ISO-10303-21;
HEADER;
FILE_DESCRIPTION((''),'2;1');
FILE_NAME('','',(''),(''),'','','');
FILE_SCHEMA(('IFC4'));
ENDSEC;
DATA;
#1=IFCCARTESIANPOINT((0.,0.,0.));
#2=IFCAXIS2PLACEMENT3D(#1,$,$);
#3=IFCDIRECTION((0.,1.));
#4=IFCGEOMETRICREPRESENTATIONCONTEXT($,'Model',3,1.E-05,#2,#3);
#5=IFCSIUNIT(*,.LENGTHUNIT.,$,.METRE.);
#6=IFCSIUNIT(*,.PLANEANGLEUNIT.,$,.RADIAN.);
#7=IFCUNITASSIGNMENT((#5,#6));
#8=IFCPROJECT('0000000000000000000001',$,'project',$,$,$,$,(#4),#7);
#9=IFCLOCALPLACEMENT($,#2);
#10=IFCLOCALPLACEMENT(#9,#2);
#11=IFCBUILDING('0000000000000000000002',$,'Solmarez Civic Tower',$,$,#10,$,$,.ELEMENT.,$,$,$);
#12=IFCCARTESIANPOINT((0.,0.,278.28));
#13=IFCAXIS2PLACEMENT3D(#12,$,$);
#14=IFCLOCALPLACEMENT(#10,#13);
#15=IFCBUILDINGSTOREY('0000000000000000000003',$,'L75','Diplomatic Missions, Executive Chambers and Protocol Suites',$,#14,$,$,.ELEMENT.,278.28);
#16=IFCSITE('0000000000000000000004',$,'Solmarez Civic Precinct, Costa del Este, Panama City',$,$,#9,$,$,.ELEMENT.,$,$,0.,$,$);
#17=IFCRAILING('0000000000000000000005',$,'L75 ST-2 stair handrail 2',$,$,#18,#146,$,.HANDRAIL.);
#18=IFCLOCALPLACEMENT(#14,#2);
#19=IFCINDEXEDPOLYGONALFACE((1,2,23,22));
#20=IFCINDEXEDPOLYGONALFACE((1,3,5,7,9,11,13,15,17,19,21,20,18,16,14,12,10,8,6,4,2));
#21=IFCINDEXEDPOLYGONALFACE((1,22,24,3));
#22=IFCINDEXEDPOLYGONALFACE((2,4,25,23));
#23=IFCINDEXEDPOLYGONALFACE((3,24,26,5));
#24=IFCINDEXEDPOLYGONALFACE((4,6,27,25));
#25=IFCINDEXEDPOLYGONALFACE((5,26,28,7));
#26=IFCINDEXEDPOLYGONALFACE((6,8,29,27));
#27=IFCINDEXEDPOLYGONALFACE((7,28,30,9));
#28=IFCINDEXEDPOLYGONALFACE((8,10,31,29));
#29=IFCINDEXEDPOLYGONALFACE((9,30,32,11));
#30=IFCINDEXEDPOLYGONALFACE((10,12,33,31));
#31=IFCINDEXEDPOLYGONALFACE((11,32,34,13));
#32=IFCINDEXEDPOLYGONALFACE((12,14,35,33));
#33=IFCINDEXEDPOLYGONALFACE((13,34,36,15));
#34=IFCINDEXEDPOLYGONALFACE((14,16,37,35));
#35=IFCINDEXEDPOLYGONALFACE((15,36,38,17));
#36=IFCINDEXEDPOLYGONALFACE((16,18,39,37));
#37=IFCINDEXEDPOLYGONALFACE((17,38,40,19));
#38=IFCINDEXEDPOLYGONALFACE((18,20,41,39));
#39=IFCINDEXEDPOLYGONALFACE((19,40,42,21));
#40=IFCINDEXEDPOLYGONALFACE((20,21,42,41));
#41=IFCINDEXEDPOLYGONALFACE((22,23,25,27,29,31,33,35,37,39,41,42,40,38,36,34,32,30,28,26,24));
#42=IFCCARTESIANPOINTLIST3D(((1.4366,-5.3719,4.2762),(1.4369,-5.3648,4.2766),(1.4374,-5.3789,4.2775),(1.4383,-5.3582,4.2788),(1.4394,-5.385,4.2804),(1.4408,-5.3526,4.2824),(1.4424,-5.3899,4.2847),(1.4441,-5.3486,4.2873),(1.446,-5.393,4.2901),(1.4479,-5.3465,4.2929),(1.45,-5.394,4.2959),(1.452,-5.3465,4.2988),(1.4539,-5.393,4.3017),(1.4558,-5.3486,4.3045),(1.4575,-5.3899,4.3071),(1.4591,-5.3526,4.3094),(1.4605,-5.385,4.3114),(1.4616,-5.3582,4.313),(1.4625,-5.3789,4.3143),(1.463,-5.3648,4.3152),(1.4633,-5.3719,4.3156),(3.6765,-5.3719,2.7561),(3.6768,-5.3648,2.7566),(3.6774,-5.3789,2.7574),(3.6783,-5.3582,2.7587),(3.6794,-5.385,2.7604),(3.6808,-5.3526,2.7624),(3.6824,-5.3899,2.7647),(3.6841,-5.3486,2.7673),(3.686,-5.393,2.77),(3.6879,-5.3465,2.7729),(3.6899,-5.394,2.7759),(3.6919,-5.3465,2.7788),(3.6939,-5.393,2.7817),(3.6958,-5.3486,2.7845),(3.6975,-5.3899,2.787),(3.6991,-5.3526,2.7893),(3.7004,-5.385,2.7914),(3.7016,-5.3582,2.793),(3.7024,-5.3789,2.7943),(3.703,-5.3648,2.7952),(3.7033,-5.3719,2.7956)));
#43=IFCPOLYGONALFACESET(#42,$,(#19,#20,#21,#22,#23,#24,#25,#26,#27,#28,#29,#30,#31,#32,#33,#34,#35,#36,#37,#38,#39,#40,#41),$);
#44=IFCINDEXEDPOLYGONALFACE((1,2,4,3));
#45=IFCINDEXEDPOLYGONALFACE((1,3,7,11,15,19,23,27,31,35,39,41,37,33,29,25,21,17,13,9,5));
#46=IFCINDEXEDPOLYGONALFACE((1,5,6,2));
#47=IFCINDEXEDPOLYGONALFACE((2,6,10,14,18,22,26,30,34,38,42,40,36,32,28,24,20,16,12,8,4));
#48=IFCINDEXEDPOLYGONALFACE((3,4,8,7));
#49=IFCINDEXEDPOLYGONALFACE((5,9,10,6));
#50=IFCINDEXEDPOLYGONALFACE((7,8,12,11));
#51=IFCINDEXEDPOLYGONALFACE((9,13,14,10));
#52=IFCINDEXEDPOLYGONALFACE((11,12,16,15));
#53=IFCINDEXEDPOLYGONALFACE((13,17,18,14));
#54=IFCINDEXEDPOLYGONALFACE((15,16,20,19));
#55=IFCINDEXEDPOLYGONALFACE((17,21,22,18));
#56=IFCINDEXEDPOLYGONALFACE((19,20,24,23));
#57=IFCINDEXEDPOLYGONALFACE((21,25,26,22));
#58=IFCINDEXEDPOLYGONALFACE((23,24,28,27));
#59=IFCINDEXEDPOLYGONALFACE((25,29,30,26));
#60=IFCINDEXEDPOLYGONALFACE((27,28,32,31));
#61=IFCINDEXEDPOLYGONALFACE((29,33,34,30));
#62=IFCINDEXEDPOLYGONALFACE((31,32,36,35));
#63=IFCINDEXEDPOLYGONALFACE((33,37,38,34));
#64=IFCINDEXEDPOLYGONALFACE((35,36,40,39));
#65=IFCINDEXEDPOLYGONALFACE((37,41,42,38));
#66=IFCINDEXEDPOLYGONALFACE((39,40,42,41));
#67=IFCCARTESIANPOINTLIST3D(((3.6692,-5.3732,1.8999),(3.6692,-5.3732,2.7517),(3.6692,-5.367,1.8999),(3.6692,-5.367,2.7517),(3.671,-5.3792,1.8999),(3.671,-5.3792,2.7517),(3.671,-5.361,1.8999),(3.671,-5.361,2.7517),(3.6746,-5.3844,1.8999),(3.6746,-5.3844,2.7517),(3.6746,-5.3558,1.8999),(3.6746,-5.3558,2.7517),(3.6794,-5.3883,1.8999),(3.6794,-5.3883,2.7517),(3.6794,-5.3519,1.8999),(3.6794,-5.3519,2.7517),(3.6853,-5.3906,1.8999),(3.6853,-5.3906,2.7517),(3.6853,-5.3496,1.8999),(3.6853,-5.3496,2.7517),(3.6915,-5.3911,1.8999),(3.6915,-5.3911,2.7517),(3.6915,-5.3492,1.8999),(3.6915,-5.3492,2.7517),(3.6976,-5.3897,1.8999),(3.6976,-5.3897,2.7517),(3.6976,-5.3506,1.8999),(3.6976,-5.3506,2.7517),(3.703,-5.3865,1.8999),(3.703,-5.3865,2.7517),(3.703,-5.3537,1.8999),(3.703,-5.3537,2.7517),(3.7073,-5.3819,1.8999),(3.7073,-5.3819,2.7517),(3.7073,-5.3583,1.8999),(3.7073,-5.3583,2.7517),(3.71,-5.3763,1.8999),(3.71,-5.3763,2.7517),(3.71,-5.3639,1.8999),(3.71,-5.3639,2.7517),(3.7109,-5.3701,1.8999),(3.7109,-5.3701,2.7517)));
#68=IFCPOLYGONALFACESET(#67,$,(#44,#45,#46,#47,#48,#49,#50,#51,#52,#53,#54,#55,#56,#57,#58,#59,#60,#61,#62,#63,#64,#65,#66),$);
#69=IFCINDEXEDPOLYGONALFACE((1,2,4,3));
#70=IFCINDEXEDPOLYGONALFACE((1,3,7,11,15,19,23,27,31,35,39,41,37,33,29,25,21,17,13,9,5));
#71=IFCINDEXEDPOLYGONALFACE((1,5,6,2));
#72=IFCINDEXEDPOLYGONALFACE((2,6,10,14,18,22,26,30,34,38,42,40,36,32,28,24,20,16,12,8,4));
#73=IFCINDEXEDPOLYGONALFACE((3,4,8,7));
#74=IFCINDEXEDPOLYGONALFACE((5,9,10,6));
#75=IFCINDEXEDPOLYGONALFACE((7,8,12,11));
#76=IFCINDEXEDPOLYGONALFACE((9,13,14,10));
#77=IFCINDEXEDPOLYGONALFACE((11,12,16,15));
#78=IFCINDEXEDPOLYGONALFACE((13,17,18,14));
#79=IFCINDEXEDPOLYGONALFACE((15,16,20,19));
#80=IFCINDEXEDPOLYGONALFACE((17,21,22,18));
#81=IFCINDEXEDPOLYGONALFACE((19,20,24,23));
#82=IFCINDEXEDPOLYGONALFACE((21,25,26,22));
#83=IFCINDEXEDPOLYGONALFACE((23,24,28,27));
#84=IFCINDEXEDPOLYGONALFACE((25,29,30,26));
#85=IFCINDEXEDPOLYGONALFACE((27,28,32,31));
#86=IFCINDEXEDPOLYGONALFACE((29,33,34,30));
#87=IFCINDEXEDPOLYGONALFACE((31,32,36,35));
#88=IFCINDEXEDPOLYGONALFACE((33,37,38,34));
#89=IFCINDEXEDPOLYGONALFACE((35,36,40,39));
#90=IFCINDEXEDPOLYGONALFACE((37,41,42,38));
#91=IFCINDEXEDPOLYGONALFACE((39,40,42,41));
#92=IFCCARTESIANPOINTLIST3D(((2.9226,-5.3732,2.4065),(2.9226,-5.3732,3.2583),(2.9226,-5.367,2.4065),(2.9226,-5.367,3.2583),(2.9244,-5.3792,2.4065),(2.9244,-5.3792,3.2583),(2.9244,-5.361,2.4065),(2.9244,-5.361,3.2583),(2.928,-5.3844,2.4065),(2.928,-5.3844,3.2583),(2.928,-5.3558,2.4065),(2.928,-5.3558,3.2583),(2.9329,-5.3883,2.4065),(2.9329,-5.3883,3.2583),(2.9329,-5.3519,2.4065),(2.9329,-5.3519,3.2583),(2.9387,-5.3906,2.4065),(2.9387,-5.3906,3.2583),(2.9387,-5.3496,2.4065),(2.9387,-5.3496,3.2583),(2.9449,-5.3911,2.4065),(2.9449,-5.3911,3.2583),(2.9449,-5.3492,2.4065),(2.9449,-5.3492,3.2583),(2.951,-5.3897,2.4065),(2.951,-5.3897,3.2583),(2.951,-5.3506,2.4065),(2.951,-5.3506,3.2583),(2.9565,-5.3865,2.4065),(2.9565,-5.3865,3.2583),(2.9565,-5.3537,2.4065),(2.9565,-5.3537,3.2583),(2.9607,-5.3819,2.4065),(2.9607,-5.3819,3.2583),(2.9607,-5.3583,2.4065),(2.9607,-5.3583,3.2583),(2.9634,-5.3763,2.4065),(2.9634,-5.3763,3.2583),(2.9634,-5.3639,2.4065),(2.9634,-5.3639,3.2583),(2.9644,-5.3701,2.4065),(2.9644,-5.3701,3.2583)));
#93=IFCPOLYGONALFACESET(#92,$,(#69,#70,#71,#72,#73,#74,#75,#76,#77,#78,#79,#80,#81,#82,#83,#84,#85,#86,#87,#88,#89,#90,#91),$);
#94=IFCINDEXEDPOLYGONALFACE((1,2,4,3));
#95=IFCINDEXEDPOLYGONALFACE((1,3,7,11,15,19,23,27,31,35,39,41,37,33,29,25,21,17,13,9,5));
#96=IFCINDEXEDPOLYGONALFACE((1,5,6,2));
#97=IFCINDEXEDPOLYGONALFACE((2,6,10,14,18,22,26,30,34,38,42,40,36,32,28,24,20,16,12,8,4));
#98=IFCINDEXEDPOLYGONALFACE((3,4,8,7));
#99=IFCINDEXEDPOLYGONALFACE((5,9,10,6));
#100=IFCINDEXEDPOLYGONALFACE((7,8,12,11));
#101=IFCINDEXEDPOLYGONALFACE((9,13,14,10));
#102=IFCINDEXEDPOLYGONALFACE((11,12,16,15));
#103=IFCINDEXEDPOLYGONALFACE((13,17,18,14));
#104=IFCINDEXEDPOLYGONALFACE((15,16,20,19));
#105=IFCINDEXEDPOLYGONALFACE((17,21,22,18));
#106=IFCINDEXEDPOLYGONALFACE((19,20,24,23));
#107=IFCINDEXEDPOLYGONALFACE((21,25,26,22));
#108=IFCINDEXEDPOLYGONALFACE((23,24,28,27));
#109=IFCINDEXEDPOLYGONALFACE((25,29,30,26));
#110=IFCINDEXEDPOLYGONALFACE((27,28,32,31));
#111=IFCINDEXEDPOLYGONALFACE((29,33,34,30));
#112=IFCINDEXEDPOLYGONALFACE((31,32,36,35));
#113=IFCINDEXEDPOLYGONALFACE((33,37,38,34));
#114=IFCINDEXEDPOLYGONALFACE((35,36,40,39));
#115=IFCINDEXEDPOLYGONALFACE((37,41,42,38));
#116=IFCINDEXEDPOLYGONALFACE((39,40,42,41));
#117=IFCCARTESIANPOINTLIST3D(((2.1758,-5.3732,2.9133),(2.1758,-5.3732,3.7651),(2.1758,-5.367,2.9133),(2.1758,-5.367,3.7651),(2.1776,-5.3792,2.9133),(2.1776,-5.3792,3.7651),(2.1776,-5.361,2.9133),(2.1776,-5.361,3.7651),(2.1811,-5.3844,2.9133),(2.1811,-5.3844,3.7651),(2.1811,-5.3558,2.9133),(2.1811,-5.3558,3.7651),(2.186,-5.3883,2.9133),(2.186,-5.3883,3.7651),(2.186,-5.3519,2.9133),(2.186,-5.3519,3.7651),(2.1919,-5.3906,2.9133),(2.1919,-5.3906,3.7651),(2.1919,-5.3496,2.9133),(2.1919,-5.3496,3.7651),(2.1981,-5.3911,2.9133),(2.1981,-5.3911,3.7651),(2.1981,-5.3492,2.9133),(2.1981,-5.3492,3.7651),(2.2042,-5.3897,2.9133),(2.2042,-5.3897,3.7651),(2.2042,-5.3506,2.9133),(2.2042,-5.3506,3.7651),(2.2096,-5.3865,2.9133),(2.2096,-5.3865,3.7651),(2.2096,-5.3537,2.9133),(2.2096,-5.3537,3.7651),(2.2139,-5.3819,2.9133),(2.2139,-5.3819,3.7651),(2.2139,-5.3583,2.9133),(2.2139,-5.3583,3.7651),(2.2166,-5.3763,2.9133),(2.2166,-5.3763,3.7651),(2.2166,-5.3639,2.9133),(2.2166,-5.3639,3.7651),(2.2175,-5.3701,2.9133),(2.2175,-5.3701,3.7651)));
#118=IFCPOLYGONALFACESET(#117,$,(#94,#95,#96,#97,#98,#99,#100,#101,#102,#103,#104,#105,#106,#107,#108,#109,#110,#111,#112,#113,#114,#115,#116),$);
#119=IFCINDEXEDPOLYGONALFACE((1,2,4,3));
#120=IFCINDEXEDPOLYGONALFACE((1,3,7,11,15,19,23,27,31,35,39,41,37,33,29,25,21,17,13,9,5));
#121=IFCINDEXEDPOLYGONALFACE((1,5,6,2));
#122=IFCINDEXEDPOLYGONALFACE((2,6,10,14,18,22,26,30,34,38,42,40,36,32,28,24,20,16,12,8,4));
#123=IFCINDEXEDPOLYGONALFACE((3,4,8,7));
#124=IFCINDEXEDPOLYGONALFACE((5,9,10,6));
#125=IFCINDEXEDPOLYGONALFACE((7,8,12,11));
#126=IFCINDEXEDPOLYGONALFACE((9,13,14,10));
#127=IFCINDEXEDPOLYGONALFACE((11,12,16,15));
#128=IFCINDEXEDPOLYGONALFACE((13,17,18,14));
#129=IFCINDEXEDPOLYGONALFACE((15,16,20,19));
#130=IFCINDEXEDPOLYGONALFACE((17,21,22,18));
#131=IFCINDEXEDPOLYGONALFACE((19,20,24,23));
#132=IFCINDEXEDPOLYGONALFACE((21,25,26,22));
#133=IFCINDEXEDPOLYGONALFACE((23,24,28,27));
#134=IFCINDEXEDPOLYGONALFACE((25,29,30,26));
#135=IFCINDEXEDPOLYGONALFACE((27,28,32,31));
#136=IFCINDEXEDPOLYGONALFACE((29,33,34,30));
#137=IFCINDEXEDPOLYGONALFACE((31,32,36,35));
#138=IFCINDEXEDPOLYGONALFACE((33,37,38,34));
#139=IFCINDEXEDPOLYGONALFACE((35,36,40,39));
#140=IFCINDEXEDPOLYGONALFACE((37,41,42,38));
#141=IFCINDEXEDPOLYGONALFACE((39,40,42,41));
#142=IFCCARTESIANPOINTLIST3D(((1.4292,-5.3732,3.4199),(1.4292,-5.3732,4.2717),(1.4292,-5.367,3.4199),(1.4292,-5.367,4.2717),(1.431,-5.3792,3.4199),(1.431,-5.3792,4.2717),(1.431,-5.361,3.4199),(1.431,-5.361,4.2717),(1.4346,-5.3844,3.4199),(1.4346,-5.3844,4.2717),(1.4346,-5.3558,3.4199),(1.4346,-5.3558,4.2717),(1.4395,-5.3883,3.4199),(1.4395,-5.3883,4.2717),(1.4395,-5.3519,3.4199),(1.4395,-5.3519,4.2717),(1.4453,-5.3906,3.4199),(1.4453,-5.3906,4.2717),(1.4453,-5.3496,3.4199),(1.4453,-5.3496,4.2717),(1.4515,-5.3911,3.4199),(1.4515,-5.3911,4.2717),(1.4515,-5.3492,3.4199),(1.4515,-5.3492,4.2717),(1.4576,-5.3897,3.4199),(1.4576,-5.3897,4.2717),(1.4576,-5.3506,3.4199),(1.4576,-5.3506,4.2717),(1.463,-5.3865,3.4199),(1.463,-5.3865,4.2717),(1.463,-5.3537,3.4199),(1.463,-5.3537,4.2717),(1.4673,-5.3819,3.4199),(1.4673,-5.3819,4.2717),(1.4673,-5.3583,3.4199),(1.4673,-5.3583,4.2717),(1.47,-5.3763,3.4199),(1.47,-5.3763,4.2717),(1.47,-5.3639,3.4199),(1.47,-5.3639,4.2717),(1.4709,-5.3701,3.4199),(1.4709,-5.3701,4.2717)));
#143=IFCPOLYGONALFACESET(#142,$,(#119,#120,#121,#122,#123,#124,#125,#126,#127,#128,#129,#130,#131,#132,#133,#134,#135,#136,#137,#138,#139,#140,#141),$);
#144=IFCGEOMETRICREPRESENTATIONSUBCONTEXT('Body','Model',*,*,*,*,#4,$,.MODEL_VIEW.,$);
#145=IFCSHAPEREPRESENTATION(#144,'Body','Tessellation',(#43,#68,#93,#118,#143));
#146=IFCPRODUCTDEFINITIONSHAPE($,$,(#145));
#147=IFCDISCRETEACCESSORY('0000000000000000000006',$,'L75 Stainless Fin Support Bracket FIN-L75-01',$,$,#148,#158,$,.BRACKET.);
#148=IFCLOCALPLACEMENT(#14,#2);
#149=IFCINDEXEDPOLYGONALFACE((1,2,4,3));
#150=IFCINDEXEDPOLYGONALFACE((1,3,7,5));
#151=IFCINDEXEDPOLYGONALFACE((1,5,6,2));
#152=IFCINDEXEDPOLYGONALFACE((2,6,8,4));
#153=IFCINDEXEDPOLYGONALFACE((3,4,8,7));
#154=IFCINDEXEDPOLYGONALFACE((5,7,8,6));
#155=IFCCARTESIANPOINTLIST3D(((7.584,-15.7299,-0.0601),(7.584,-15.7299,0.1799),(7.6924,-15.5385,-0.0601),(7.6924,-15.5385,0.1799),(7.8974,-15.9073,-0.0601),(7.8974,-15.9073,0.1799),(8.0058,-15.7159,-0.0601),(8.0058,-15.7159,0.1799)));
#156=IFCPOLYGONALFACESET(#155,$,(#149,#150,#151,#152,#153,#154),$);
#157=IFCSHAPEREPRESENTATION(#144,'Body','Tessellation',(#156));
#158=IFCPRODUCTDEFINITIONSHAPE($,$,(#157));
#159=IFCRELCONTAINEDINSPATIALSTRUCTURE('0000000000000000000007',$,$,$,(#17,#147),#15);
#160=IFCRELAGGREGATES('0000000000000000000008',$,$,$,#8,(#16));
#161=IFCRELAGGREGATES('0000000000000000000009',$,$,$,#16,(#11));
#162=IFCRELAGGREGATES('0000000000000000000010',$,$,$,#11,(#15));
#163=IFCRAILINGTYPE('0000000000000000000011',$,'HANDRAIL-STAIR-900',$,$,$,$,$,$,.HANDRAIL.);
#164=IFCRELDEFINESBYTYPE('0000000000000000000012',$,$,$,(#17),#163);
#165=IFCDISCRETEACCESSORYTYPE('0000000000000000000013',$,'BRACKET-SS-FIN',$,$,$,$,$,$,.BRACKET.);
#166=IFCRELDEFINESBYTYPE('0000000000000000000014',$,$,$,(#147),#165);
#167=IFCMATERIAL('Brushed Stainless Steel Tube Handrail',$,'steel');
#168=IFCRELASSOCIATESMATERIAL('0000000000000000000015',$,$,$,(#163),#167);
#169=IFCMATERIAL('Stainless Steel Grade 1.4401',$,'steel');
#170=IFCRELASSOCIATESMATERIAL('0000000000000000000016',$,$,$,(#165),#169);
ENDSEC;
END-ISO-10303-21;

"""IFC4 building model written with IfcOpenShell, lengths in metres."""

from ifc_helpers import new_model, si_unit, direction, frame, origin, origin_2d, place, context, subcontext, project, spatial, rectangle, circle, extrude, material, type_object, element, save


model = new_model("IFC4")

# Units and contexts
model_context = context("Model", 3, precision=1e-05, world=origin(), true_north=direction((0.0, 1.0)))
body_context = subcontext(model_context, "Body", "Model", "MODEL_VIEW")
ifc_project = project(units=[si_unit("LENGTHUNIT", "METRE"), si_unit("PLANEANGLEUNIT", "RADIAN")], contexts=[model_context])

# Site, building, storey
site_placement = place(None, origin())
site = spatial("IfcSite", under=ifc_project, at=site_placement, Name="Solmarez Civic Precinct, Costa del Este, Panama City", CompositionType="ELEMENT", RefElevation=0.0)
building_placement = place(site_placement, origin())
building = spatial("IfcBuilding", under=site, at=building_placement, Name="Solmarez Civic Tower", CompositionType="ELEMENT")
storey_placement = place(building_placement, frame((0.0, 0.0, 278.28)))
storey = spatial("IfcBuildingStorey", under=building, at=storey_placement, Name="L75", Description="Diplomatic Missions, Executive Chambers and Protocol Suites", CompositionType="ELEMENT", Elevation=278.28)

# Railing
ifc_material_1 = material(Name="Brushed Stainless Steel Tube Handrail", Category="steel")
railing_type_1 = type_object("IfcRailingType", Name="HANDRAIL-STAIR-900", PredefinedType="HANDRAIL", material=ifc_material_1)
railing_1_placement = place(storey_placement, frame((3.6899, -5.3701, 1.8999)))
element("IfcRailing", 1, at=railing_1_placement, inside=storey, type_object=railing_type_1, Name="L75 ST-2 stair handrail 2", PredefinedType="HANDRAIL", context=body_context, shape_type="SweptSolid", body=[
    extrude(circle(Radius=0.0239, at=origin_2d()), frame((0.0, 0.0, 0.876), z_axis=(-0.827471, 0.0, 0.561508), x_axis=(0.0, -1.0, 0.0)), (0.0, 0.0, 1.0), 2.707),
    extrude(circle(Radius=0.021, at=origin_2d()), origin(), (0.0, 0.0, 1.0), 0.8518),
    extrude(circle(Radius=0.021, at=origin_2d()), frame((-0.7466, 0.0, 0.5066)), (0.0, 0.0, 1.0), 0.8518),
    extrude(circle(Radius=0.021, at=origin_2d()), frame((-1.4934, 0.0, 1.0134)), (0.0, 0.0, 1.0), 0.8518),
    extrude(circle(Radius=0.021, at=origin_2d()), frame((-2.24, 0.0, 1.52)), (0.0, 0.0, 1.0), 0.8518),
])

# Discrete accessory
ifc_material_2 = material(Name="Stainless Steel Grade 1.4401", Category="steel")
discrete_accessory_type = type_object("IfcDiscreteAccessoryType", Name="BRACKET-SS-FIN", PredefinedType="BRACKET", material=ifc_material_2)
discrete_accessory_placement = place(storey_placement, frame((7.7949, -15.7229, -0.0601), z_axis=(0.0, 0.0, 1.0), x_axis=(0.870192, -0.492712, 0.0)))
element("IfcDiscreteAccessory", 2, at=discrete_accessory_placement, inside=storey, type_object=discrete_accessory_type, Name="L75 Stainless Fin Support Bracket FIN-L75-01", PredefinedType="BRACKET", context=body_context, shape_type="SweptSolid", body=[
    extrude(rectangle(XDim=0.3601, YDim=0.22, at=origin_2d()), origin(), (0.0, 0.0, 1.0), 0.24),
])

save(model, "model.ifc")
